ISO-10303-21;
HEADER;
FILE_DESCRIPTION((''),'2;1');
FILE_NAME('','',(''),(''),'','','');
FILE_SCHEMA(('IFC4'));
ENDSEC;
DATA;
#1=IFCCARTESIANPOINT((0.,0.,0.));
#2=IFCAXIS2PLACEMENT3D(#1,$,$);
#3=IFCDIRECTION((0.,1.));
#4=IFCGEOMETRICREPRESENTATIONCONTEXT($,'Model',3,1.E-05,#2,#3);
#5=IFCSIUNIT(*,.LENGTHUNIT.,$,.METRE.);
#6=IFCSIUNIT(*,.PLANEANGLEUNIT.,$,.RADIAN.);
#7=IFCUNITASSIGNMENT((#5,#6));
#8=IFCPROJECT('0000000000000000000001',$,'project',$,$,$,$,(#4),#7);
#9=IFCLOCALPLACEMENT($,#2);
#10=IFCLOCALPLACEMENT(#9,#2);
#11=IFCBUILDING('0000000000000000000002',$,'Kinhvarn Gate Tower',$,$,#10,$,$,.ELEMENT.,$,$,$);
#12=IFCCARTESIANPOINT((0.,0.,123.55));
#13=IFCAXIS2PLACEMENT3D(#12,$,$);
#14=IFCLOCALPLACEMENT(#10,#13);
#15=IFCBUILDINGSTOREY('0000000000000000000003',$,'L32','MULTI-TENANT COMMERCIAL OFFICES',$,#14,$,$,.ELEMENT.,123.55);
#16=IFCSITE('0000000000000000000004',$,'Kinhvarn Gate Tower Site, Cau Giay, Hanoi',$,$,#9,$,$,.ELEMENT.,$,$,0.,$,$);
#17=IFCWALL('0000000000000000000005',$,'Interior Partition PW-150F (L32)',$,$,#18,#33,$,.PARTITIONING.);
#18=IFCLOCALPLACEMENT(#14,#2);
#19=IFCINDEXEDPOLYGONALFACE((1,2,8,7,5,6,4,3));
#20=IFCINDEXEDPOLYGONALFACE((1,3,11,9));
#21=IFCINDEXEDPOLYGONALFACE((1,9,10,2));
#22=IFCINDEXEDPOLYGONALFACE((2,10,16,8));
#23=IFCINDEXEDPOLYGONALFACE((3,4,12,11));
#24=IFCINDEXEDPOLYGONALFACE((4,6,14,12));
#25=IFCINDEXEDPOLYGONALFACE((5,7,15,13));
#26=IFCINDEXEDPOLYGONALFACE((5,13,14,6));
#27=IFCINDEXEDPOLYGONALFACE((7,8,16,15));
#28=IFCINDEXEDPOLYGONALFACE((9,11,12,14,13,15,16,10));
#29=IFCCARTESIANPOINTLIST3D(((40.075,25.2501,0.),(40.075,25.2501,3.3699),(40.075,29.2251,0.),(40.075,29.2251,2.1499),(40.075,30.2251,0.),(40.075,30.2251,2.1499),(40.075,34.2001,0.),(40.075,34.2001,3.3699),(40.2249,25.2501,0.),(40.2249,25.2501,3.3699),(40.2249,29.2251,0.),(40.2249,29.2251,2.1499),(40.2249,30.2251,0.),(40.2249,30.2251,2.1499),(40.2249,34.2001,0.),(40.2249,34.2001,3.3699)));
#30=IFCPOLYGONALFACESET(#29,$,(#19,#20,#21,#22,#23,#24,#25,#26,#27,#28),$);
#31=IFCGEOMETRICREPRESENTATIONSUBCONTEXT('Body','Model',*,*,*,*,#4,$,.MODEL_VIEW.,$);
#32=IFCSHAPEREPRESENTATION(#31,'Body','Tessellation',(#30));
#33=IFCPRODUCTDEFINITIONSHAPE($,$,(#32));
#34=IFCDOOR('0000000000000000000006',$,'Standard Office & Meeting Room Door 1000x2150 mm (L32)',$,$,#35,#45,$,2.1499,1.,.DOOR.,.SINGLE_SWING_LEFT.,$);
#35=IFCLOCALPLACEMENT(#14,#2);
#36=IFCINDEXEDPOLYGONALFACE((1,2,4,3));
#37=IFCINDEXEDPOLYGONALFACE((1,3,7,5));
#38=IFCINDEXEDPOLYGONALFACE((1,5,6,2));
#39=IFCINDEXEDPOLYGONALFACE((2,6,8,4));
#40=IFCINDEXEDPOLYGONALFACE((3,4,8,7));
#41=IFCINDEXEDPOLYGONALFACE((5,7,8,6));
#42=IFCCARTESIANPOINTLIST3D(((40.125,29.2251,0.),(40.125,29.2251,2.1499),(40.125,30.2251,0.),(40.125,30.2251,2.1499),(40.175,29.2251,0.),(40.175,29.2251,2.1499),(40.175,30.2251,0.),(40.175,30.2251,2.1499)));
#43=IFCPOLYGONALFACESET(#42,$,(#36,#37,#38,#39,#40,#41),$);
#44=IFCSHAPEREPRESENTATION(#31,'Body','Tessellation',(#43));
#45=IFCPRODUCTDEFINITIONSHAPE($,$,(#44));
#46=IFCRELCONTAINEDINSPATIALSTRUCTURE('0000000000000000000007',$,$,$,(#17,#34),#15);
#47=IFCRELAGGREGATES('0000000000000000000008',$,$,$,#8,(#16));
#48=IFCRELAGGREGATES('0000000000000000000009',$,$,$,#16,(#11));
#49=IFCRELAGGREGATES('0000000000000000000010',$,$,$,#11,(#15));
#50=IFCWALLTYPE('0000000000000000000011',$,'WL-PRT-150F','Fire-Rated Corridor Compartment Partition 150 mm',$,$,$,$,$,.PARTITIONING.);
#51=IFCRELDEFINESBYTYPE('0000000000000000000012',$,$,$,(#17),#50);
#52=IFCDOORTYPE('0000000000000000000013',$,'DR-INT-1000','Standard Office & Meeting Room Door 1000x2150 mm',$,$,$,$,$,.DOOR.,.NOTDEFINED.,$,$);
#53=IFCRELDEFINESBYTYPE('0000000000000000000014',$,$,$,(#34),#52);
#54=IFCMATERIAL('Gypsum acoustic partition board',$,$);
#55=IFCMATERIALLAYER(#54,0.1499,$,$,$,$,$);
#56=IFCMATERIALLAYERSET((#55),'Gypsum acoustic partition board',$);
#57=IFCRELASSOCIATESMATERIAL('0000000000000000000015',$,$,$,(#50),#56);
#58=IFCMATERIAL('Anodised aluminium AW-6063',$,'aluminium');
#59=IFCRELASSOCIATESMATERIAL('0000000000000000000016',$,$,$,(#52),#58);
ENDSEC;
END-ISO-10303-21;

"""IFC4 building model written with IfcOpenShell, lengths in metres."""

from ifc_helpers import new_model, si_unit, direction, frame, frame_2d, origin, place, context, subcontext, project, spatial, rectangle, extrude, material, layer, layer_set, type_object, element, fill, save


model = new_model("IFC4")

# Units and contexts
model_context = context("Model", 3, precision=1e-05, world=origin(), true_north=direction((0.0, 1.0)))
body_context = subcontext(model_context, "Body", "Model", "MODEL_VIEW")
ifc_project = project(units=[si_unit("LENGTHUNIT", "METRE"), si_unit("PLANEANGLEUNIT", "RADIAN")], contexts=[model_context])

# Site, building, storey
site_placement = place(None, origin())
site = spatial("IfcSite", under=ifc_project, at=site_placement, Name="Kinhvarn Gate Tower Site, Cau Giay, Hanoi", CompositionType="ELEMENT", RefElevation=0.0)
building_placement = place(site_placement, origin())
building = spatial("IfcBuilding", under=site, at=building_placement, Name="Kinhvarn Gate Tower", CompositionType="ELEMENT")
storey_placement = place(building_placement, frame((0.0, 0.0, 123.55)))
storey = spatial("IfcBuildingStorey", under=building, at=storey_placement, Name="L32", Description="MULTI-TENANT COMMERCIAL OFFICES", CompositionType="ELEMENT", Elevation=123.55)

# Shared definitions
ifc_material_1 = material(Name="Anodised aluminium AW-6063", Category="aluminium")

# Shared definitions
ifc_material_2 = material(Name="Gypsum acoustic partition board")

# Wall, opening, door
ifc_layer_1 = layer(ifc_material_2, 0.1499)
ifc_layer_set_1 = layer_set([ifc_layer_1], Name="Gypsum acoustic partition board")
wall_type_1 = type_object("IfcWallType", Name="WL-PRT-150F", Description="Fire-Rated Corridor Compartment Partition 150 mm", PredefinedType="PARTITIONING", material=ifc_layer_set_1)
door_type = type_object("IfcDoorType", Name="DR-INT-1000", Description="Standard Office & Meeting Room Door 1000x2150 mm", OperationType="NOTDEFINED", PredefinedType="DOOR", material=ifc_material_1)
wall_1_placement = place(storey_placement, frame((40.1499, 25.25, 0.0), z_axis=(0.0, 0.0, 1.0), x_axis=(0.0, 1.0, 0.0)))
wall_1 = element("IfcWall", 1, at=wall_1_placement, inside=storey, type_object=wall_type_1, Name="Interior Partition PW-150F (L32)", PredefinedType="PARTITIONING", context=body_context, shape_type="SweptSolid", body=[
    extrude(rectangle(XDim=8.95, YDim=0.1499, at=frame_2d((4.4751, 0.0))), origin(), (0.0, 0.0, 1.0), 3.3699),
])
opening_1_placement = place(wall_1_placement, frame((3.9751, 0.0, 0.0)))
opening_1 = element("IfcOpeningElement", 2, at=opening_1_placement, cuts=wall_1, PredefinedType="OPENING", context=body_context, shape_type="SweptSolid", body=[
    extrude(rectangle(XDim=1.0, YDim=2.1499, at=frame_2d((0.5, 1.075))), frame((0.0, 0.085, 0.0), z_axis=(0.0, -1.0, 0.0), x_axis=(1.0, 0.0, 0.0)), (0.0, 0.0, 1.0), 0.1699),
])
door_1_placement = place(opening_1_placement, origin())
door_1 = element("IfcDoor", 3, at=door_1_placement, inside=storey, type_object=door_type, Name="Standard Office & Meeting Room Door 1000x2150 mm (L32)", OperationType="SINGLE_SWING_LEFT", OverallHeight=2.1499, OverallWidth=1.0, PredefinedType="DOOR", context=body_context, shape_type="SweptSolid", body=[
    extrude(rectangle(XDim=1.0, YDim=2.1499, at=frame_2d((0.5, 1.075))), frame((0.0, 0.0249, 0.0), z_axis=(0.0, -1.0, 0.0), x_axis=(1.0, 0.0, 0.0)), (0.0, 0.0, 1.0), 0.05),
])
fill(opening_1, door_1)

save(model, "model.ifc")
